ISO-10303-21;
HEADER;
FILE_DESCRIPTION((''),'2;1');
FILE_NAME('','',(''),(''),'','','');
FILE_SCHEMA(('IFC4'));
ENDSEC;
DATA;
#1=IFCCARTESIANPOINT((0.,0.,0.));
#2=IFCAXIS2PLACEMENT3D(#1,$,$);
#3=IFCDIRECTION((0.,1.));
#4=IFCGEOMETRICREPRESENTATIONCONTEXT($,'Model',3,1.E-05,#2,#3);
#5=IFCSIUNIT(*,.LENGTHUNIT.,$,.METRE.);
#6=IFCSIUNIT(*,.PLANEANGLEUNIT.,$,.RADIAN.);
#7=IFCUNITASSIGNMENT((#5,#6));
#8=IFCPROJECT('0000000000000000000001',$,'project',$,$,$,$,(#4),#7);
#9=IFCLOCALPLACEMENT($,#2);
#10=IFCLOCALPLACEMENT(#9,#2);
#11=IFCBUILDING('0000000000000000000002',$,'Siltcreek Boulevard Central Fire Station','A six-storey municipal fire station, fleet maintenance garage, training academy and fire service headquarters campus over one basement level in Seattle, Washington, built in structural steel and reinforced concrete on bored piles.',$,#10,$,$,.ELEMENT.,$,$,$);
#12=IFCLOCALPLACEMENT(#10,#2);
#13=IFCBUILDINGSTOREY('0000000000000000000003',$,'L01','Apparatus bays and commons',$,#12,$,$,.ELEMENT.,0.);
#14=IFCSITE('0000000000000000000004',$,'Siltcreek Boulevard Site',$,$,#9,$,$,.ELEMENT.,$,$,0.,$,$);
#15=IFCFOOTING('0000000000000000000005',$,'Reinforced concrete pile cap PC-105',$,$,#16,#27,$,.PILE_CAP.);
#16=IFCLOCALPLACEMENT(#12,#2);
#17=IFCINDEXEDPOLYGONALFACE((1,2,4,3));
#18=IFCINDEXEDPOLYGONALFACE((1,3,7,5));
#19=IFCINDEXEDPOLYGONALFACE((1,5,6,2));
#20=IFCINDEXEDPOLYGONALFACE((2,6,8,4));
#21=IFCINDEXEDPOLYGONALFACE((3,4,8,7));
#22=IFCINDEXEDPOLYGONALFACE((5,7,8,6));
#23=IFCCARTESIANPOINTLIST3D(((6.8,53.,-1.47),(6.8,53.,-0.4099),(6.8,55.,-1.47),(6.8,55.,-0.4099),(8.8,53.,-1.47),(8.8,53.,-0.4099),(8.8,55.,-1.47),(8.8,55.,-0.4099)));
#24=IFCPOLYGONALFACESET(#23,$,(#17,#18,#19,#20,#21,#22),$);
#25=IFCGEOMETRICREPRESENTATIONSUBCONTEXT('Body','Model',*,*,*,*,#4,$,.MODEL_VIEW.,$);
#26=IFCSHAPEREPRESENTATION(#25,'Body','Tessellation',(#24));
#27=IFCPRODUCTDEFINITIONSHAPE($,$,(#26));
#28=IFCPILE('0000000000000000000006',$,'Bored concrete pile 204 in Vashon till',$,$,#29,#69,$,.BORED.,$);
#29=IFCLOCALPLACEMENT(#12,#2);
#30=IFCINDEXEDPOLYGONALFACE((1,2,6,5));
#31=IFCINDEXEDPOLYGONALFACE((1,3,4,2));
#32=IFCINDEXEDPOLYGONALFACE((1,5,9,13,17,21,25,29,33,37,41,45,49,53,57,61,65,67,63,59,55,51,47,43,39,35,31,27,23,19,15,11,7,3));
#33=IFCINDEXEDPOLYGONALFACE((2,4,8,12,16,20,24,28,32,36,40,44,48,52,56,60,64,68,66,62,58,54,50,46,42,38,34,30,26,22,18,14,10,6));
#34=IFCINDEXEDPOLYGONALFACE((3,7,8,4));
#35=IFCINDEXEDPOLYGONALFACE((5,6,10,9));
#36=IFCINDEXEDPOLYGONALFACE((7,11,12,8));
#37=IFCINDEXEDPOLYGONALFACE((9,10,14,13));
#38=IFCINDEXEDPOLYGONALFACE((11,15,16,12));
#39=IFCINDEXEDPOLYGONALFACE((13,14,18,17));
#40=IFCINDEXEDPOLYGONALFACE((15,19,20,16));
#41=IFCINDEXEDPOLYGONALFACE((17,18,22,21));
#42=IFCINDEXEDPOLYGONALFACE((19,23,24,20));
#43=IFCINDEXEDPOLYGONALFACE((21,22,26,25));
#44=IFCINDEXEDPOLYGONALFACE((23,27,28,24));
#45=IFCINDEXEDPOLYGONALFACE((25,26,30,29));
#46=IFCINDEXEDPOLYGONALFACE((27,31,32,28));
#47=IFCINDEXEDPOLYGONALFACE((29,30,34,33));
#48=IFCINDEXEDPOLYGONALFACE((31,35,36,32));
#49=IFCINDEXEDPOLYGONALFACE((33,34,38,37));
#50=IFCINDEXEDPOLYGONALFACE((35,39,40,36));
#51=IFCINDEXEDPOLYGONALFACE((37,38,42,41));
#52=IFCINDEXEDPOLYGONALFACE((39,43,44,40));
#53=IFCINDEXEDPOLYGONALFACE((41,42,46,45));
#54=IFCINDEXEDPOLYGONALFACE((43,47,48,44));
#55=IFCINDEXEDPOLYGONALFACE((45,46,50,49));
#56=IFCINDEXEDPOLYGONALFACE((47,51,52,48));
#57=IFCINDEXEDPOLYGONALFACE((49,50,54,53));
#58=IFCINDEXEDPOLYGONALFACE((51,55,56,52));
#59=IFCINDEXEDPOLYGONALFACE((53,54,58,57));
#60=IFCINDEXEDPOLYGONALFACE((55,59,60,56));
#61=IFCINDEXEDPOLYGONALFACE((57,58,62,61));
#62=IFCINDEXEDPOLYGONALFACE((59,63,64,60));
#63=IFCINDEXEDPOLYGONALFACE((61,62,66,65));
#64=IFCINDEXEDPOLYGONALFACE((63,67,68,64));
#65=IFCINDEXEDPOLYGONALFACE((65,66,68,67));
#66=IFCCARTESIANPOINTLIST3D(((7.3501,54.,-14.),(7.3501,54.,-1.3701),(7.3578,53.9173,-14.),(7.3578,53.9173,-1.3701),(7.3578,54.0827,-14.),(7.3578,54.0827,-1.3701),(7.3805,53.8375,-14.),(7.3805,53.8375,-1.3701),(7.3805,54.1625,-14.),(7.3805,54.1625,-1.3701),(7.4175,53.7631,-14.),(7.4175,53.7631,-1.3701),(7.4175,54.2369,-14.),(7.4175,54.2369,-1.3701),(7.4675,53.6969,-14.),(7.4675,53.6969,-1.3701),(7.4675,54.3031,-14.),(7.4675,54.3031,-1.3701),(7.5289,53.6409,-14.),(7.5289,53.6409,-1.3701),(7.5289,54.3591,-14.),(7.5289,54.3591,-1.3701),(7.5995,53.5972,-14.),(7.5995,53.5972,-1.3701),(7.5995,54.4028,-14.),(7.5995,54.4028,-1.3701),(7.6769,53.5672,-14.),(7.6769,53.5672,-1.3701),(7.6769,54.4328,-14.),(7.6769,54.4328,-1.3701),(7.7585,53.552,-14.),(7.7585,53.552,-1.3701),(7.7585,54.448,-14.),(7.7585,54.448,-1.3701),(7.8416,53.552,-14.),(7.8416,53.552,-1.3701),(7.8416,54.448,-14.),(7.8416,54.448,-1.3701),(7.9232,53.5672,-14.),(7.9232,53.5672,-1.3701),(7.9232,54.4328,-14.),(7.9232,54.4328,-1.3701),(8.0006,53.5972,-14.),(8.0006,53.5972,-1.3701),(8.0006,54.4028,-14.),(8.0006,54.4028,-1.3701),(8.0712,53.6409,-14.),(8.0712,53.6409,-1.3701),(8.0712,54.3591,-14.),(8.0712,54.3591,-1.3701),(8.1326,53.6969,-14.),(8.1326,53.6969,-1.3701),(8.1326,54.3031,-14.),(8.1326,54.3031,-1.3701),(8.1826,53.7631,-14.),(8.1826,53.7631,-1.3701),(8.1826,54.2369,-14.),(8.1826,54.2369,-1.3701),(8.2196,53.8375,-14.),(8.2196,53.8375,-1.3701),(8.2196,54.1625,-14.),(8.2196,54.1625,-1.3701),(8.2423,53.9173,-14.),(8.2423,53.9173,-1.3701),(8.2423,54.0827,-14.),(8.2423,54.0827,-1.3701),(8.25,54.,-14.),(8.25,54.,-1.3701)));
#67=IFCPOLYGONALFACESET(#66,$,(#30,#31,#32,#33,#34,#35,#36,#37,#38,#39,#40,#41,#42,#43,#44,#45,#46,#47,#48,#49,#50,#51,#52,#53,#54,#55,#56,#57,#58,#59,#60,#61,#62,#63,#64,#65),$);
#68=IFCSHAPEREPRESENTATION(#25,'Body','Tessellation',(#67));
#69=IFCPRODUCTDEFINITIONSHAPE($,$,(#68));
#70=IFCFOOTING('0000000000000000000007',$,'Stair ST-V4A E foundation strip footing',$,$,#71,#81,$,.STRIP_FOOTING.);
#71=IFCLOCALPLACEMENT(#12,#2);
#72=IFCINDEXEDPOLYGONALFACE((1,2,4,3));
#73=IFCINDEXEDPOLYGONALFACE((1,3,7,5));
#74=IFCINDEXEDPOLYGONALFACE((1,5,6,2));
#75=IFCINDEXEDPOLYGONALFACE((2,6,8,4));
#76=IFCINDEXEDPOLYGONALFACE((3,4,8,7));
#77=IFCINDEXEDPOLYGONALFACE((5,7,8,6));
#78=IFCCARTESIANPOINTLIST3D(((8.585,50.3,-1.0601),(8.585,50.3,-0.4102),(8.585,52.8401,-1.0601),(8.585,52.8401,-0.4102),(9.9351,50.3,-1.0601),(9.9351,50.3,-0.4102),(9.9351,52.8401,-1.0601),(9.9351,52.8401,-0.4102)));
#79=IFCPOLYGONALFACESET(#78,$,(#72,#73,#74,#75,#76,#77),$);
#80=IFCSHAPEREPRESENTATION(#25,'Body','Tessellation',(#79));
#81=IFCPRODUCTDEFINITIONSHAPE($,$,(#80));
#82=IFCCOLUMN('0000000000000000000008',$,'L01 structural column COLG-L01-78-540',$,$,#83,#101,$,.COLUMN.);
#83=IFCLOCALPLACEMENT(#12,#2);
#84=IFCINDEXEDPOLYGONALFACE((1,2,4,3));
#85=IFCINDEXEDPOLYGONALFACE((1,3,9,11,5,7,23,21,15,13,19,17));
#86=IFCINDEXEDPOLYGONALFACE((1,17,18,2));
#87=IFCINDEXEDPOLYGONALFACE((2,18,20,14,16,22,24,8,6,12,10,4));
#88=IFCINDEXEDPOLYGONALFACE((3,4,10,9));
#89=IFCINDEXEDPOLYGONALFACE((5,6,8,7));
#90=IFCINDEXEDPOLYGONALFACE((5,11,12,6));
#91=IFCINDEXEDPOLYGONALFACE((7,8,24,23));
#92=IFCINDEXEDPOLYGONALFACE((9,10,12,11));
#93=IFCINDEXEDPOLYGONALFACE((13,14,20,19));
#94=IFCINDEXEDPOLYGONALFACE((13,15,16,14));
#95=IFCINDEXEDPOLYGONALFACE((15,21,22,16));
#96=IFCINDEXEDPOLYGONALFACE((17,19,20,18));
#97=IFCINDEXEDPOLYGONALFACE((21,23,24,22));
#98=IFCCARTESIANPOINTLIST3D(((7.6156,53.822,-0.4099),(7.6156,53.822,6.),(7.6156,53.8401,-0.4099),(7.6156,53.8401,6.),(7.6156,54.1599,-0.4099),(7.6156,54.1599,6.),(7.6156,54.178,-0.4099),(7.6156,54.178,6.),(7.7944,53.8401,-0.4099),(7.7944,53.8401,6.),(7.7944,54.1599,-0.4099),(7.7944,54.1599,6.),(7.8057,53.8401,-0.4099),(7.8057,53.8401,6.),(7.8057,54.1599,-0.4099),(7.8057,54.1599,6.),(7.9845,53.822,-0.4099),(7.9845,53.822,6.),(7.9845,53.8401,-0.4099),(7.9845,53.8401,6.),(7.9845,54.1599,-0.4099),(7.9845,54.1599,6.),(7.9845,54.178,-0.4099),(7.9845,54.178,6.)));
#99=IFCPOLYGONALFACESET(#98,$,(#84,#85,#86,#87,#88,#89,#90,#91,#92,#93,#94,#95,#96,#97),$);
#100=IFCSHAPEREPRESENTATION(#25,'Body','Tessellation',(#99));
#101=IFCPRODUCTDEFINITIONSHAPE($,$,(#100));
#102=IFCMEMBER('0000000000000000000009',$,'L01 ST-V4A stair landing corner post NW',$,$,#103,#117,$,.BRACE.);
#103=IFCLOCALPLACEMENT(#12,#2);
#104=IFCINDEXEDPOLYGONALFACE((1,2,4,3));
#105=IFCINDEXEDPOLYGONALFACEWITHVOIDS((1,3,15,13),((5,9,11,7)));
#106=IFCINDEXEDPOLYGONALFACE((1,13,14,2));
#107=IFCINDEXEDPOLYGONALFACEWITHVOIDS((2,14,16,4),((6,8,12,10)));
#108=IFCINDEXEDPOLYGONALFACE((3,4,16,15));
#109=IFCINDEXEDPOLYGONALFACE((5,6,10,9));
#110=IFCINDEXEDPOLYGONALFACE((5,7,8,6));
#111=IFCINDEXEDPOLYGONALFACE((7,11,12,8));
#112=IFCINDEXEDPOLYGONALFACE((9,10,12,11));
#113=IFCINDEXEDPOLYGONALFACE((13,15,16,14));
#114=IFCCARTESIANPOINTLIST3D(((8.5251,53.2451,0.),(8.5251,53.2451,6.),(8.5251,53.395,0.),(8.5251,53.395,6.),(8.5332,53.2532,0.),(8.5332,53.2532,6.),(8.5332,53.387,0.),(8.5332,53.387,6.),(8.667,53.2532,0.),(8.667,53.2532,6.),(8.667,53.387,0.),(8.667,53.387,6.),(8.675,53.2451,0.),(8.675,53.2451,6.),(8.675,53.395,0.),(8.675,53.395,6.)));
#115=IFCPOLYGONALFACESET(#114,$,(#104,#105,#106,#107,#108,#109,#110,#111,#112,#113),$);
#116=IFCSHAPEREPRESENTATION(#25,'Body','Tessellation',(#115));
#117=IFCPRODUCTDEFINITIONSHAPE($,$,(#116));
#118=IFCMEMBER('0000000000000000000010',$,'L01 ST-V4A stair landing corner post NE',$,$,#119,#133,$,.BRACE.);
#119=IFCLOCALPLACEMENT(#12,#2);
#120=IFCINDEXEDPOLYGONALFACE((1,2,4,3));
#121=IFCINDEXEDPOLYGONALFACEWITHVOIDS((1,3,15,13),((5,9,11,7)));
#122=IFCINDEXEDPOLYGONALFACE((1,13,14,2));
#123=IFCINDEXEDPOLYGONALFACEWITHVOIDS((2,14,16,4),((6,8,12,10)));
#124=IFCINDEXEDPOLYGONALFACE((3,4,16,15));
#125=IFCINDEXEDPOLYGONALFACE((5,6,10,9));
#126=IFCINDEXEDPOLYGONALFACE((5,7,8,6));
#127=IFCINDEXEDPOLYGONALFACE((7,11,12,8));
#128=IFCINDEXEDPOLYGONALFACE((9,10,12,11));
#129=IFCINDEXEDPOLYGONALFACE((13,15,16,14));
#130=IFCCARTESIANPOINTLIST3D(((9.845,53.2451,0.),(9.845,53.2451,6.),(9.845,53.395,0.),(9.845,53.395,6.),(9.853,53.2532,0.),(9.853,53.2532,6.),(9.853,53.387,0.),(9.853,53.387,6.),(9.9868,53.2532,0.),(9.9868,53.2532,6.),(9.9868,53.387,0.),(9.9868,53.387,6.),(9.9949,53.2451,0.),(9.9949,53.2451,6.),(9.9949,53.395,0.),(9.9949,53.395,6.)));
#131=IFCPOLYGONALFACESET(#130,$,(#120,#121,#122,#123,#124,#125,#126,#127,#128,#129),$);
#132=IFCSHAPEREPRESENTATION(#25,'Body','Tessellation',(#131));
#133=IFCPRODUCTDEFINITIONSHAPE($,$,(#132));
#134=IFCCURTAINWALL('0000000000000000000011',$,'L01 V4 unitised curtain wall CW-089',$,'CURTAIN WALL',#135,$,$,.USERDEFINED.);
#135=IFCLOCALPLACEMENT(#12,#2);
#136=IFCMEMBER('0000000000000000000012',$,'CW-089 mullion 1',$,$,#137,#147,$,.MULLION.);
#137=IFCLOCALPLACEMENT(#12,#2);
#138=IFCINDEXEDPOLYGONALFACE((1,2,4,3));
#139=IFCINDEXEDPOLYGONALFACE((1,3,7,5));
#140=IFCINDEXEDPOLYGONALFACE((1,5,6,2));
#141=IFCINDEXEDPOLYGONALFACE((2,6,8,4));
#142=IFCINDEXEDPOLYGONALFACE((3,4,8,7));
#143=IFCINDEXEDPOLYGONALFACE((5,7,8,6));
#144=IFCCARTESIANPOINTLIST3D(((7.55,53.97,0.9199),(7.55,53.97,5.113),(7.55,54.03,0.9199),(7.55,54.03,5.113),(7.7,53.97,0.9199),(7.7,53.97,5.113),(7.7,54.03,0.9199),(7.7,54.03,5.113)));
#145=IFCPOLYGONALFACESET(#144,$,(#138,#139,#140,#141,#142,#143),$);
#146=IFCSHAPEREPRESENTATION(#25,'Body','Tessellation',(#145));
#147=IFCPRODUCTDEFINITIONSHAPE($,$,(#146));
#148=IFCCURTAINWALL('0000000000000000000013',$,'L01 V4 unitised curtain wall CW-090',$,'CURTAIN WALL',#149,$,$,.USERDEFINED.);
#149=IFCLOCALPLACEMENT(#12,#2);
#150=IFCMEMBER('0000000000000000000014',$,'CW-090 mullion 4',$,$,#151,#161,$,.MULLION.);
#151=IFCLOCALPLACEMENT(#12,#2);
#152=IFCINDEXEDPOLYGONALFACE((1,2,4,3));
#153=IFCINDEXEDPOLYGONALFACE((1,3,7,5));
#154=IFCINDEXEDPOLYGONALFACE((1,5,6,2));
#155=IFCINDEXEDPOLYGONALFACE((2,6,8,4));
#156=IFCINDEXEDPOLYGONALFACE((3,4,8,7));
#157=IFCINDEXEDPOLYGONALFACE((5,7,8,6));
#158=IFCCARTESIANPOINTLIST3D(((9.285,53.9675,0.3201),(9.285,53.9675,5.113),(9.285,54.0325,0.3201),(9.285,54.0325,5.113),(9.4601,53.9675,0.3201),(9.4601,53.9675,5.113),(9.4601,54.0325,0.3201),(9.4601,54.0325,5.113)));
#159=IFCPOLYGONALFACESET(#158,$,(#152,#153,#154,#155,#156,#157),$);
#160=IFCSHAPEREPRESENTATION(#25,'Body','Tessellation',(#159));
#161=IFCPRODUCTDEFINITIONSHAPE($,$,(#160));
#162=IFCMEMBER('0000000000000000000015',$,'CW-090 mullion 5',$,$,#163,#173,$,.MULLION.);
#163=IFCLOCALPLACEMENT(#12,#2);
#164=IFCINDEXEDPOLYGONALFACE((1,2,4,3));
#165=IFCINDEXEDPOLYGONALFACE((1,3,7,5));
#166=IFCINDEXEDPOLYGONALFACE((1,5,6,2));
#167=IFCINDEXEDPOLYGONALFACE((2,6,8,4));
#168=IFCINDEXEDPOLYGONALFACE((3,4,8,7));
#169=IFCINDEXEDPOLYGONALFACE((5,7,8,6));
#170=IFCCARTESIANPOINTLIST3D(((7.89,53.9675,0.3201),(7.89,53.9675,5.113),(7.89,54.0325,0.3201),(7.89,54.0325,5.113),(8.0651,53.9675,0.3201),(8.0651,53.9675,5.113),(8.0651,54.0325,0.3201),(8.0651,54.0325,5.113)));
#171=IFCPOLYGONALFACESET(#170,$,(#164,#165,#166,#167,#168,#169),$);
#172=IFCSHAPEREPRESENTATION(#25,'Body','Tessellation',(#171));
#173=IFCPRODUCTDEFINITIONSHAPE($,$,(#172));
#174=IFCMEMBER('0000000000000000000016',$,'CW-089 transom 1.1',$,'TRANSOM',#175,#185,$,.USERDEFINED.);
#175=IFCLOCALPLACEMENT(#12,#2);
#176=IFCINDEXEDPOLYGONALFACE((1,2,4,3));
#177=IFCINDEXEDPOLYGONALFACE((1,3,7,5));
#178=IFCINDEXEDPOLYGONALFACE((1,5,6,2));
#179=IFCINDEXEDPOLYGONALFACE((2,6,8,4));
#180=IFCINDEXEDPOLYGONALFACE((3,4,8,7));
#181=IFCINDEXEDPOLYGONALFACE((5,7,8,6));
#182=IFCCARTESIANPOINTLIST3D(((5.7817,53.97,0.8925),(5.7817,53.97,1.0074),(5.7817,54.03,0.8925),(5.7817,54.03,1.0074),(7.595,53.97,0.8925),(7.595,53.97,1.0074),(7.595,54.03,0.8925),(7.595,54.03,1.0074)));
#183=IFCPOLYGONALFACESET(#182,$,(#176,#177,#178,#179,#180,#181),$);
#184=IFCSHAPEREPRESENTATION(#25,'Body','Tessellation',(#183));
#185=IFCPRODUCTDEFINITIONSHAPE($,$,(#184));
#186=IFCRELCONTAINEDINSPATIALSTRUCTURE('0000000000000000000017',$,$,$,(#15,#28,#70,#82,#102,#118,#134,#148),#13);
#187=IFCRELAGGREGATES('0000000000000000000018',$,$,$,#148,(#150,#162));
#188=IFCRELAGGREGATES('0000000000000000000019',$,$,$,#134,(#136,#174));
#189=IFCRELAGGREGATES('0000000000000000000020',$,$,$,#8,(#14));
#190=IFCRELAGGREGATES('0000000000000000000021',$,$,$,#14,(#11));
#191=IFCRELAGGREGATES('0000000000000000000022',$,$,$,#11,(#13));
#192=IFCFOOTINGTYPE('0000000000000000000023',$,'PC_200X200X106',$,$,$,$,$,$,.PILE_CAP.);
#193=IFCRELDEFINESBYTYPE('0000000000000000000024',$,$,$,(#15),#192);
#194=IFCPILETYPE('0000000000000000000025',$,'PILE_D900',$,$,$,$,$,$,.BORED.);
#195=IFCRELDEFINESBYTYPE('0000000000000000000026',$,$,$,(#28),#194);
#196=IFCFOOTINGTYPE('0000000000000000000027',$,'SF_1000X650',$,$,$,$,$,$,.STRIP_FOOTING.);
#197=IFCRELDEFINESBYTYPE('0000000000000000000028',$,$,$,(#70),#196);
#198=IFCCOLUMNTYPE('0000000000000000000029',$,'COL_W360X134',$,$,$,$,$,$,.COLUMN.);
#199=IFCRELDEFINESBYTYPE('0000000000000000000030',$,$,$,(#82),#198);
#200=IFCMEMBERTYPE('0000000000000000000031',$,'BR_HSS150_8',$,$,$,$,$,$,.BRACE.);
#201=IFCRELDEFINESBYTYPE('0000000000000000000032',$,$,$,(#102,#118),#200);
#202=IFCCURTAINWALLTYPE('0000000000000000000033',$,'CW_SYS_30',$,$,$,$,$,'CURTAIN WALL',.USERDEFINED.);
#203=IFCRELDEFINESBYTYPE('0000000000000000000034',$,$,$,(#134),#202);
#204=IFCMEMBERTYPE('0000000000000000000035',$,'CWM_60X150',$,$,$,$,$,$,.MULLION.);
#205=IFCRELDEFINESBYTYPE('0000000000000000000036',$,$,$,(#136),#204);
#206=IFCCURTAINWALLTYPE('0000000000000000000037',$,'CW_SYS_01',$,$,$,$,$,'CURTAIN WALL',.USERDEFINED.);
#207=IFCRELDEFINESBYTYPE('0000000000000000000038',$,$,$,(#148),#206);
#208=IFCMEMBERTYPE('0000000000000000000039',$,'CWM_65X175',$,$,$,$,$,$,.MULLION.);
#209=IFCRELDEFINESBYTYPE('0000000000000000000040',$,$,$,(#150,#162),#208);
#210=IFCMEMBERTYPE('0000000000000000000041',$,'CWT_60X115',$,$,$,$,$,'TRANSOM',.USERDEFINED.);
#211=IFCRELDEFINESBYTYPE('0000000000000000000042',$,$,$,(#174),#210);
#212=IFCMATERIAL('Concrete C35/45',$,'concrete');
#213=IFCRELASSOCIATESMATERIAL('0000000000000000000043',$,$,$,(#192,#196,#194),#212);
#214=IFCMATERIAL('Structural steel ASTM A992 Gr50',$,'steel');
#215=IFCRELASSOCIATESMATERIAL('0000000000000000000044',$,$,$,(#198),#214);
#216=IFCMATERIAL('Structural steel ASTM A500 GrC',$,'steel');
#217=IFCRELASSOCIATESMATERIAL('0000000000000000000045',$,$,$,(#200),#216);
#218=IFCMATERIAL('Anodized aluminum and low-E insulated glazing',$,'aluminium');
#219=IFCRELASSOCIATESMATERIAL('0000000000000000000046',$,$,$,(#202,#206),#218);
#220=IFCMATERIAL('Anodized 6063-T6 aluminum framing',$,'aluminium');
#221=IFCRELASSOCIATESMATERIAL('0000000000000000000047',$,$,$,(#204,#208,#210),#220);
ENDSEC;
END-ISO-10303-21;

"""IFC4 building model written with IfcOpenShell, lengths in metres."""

from ifc_helpers import new_model, si_unit, direction, frame, origin, origin_2d, place, context, subcontext, project, spatial, rectangle, hollow_rectangle, circle, i_section, extrude, material, material_profile, profile_set, type_object, element, aggregate, save


model = new_model("IFC4")

# Units and contexts
model_context = context("Model", 3, precision=1e-05, world=origin(), true_north=direction((0.0, 1.0)))
body_context = subcontext(model_context, "Body", "Model", "MODEL_VIEW")
ifc_project = project(units=[si_unit("LENGTHUNIT", "METRE"), si_unit("PLANEANGLEUNIT", "RADIAN")], contexts=[model_context])

# Site, building, storey
site_placement = place(None, origin())
site = spatial("IfcSite", under=ifc_project, at=site_placement, Name="Siltcreek Boulevard Site", CompositionType="ELEMENT", RefElevation=0.0)
building_placement = place(site_placement, origin())
building = spatial("IfcBuilding", under=site, at=building_placement, Name="Siltcreek Boulevard Central Fire Station", Description="A six-storey municipal fire station, fleet maintenance garage, training academy and fire service headquarters campus over one basement level in Seattle, Washington, built in structural steel and reinforced concrete on bored piles.", CompositionType="ELEMENT")
storey_placement = place(building_placement, origin())
storey = spatial("IfcBuildingStorey", under=building, at=storey_placement, Name="L01", Description="Apparatus bays and commons", CompositionType="ELEMENT", Elevation=0.0)

# Footing
ifc_material_1 = material(Name="Concrete C35/45", Category="concrete")
footing_type_1 = type_object("IfcFootingType", Name="PC_200X200X106", PredefinedType="PILE_CAP", material=ifc_material_1)
footing_1_placement = place(storey_placement, frame((7.8, 54.0, -1.47), z_axis=(0.0, 0.0, 1.0), x_axis=(1.0, 0.0, 0.0)))
element("IfcFooting", 1, at=footing_1_placement, inside=storey, type_object=footing_type_1, Name="Reinforced concrete pile cap PC-105", PredefinedType="PILE_CAP", context=body_context, shape_type="SweptSolid", body=[
    extrude(rectangle(XDim=2.0, YDim=2.0, at=origin_2d()), origin(), (0.0, 0.0, 1.0), 1.0601),
])

# Pile
ifc_material_profile_1 = material_profile(ifc_material_1, circle(Radius=0.45, at=origin_2d()), Name="SHAFT900")
ifc_profile_set_1 = profile_set([ifc_material_profile_1], Name="Concrete C35/45")
pile_type = type_object("IfcPileType", Name="PILE_D900", PredefinedType="BORED", material=ifc_profile_set_1)
pile_placement = place(storey_placement, frame((7.8, 54.0, -1.3701), z_axis=(0.0, 0.0, -1.0), x_axis=(1.0, 0.0, 0.0)))
element("IfcPile", 2, at=pile_placement, inside=storey, type_object=pile_type, Name="Bored concrete pile 204 in Vashon till", PredefinedType="BORED", context=body_context, shape_type="SweptSolid", body=[
    extrude(circle(Radius=0.45, at=origin_2d()), origin(), (0.0, 0.0, 1.0), 12.6299),
])

# Footing
footing_type_2 = type_object("IfcFootingType", Name="SF_1000X650", PredefinedType="STRIP_FOOTING", material=ifc_material_1)
footing_2_placement = place(storey_placement, frame((9.26, 51.5701, -1.0601), z_axis=(0.0, 0.0, 1.0), x_axis=(1.0, 0.0, 0.0)))
element("IfcFooting", 3, at=footing_2_placement, inside=storey, type_object=footing_type_2, Name="Stair ST-V4A E foundation strip footing", PredefinedType="STRIP_FOOTING", context=body_context, shape_type="SweptSolid", body=[
    extrude(rectangle(XDim=1.3501, YDim=2.54, at=origin_2d()), origin(), (0.0, 0.0, 1.0), 0.6499),
])

# Column
ifc_material_2 = material(Name="Structural steel ASTM A992 Gr50", Category="steel")
ifc_material_profile_2 = material_profile(ifc_material_2, i_section(OverallWidth=0.3689, OverallDepth=0.356, WebThickness=0.0112, FlangeThickness=0.0181, at=origin_2d()), Name="W360X134")
ifc_profile_set_2 = profile_set([ifc_material_profile_2], Name="Structural steel ASTM A992 Gr50")
column_type = type_object("IfcColumnType", Name="COL_W360X134", PredefinedType="COLUMN", material=ifc_profile_set_2)
column_placement = place(storey_placement, frame((7.8, 54.0, -0.4099), z_axis=(0.0, 0.0, 1.0), x_axis=(1.0, 0.0, 0.0)))
element("IfcColumn", 4, at=column_placement, inside=storey, type_object=column_type, Name="L01 structural column COLG-L01-78-540", PredefinedType="COLUMN", context=body_context, shape_type="SweptSolid", body=[
    extrude(i_section(OverallWidth=0.3689, OverallDepth=0.356, WebThickness=0.0112, FlangeThickness=0.0181, at=origin_2d()), origin(), (0.0, 0.0, 1.0), 6.4099),
])

# Members
ifc_material_3 = material(Name="Structural steel ASTM A500 GrC", Category="steel")
ifc_material_profile_3 = material_profile(ifc_material_3, hollow_rectangle(XDim=0.1499, YDim=0.1499, WallThickness=0.0081, at=origin_2d()), Name="HSS150X150X8.0")
ifc_profile_set_3 = profile_set([ifc_material_profile_3], Name="Structural steel ASTM A500 GrC")
member_type_1 = type_object("IfcMemberType", Name="BR_HSS150_8", PredefinedType="BRACE", material=ifc_profile_set_3)
for number, where, z_axis, x_axis, name in (
    (5, (8.6001, 53.3201, 0.0), (0.0, 0.0, 1.0), (1.0, 0.0, 0.0), "L01 ST-V4A stair landing corner post NW"),
    (6, (9.9199, 53.3201, 0.0), (0.0, 0.0, 1.0), (1.0, 0.0, 0.0), "L01 ST-V4A stair landing corner post NE"),
):
    element("IfcMember", number, at=place(storey_placement, frame(where, z_axis=z_axis, x_axis=x_axis)), inside=storey, type_object=member_type_1, Name=name, PredefinedType="BRACE", context=body_context, shape_type="SweptSolid", body=[
        extrude(hollow_rectangle(XDim=0.1499, YDim=0.1499, WallThickness=0.0081, at=origin_2d()), origin(), (0.0, 0.0, 1.0), 6.0),
    ])

# Curtain wall, member
ifc_material_4 = material(Name="Anodized aluminum and low-E insulated glazing", Category="aluminium")
curtain_wall_type_1 = type_object("IfcCurtainWallType", Name="CW_SYS_30", ElementType="CURTAIN WALL", PredefinedType="USERDEFINED", material=ifc_material_4)
curtain_wall_1_placement = place(storey_placement, origin())
curtain_wall_1 = element("IfcCurtainWall", 7, at=curtain_wall_1_placement, inside=storey, type_object=curtain_wall_type_1, Name="L01 V4 unitised curtain wall CW-089", ObjectType="CURTAIN WALL", PredefinedType="USERDEFINED")
ifc_material_5 = material(Name="Anodized 6063-T6 aluminum framing", Category="aluminium")
ifc_material_profile_4 = material_profile(ifc_material_5, rectangle(XDim=0.0601, YDim=0.1499, at=origin_2d()), Name="MULL60X150")
ifc_profile_set_4 = profile_set([ifc_material_profile_4], Name="Anodized 6063-T6 aluminum framing")
member_type_2 = type_object("IfcMemberType", Name="CWM_60X150", PredefinedType="MULLION", material=ifc_profile_set_4)
member_1_placement = place(storey_placement, frame((7.625, 54.0, 0.9199), z_axis=(0.0, 0.0, 1.0), x_axis=(0.0, -1.0, 0.0)))
member_1 = element("IfcMember", 8, at=member_1_placement, type_object=member_type_2, Name="CW-089 mullion 1", PredefinedType="MULLION", context=body_context, shape_type="SweptSolid", body=[
    extrude(rectangle(XDim=0.0601, YDim=0.1499, at=origin_2d()), origin(), (0.0, 0.0, 1.0), 4.1931),
])

# Curtain wall, members
curtain_wall_type_2 = type_object("IfcCurtainWallType", Name="CW_SYS_01", ElementType="CURTAIN WALL", PredefinedType="USERDEFINED", material=ifc_material_4)
curtain_wall_2_placement = place(storey_placement, origin())
curtain_wall_2 = element("IfcCurtainWall", 9, at=curtain_wall_2_placement, inside=storey, type_object=curtain_wall_type_2, Name="L01 V4 unitised curtain wall CW-090", ObjectType="CURTAIN WALL", PredefinedType="USERDEFINED")
ifc_material_profile_5 = material_profile(ifc_material_5, rectangle(XDim=0.0649, YDim=0.175, at=origin_2d()), Name="MULL65X175")
ifc_profile_set_5 = profile_set([ifc_material_profile_5], Name="Anodized 6063-T6 aluminum framing")
member_type_3 = type_object("IfcMemberType", Name="CWM_65X175", PredefinedType="MULLION", material=ifc_profile_set_5)
member_2_placement = place(storey_placement, frame((9.3726, 54.0, 0.3201), z_axis=(0.0, 0.0, 1.0), x_axis=(0.0, -1.0, 0.0)))
member_2 = element("IfcMember", 10, at=member_2_placement, type_object=member_type_3, Name="CW-090 mullion 4", PredefinedType="MULLION", context=body_context, shape_type="SweptSolid", body=[
    extrude(rectangle(XDim=0.0649, YDim=0.175, at=origin_2d()), origin(), (0.0, 0.0, 1.0), 4.793),
])
member_3_placement = place(storey_placement, frame((7.9775, 54.0, 0.3201), z_axis=(0.0, 0.0, 1.0), x_axis=(0.0, -1.0, 0.0)))
member_3 = element("IfcMember", 11, at=member_3_placement, type_object=member_type_3, Name="CW-090 mullion 5", PredefinedType="MULLION", context=body_context, shape_type="SweptSolid", body=[
    extrude(rectangle(XDim=0.0649, YDim=0.175, at=origin_2d()), origin(), (0.0, 0.0, 1.0), 4.793),
])

# Member
ifc_material_profile_6 = material_profile(ifc_material_5, rectangle(XDim=0.0601, YDim=0.115, at=origin_2d()), Name="TRAN60X115")
ifc_profile_set_6 = profile_set([ifc_material_profile_6], Name="Anodized 6063-T6 aluminum framing")
member_type_4 = type_object("IfcMemberType", Name="CWT_60X115", ElementType="TRANSOM", PredefinedType="USERDEFINED", material=ifc_profile_set_6)
member_4_placement = place(storey_placement, frame((7.595, 54.0, 0.95), z_axis=(-1.0, 0.0, 0.0), x_axis=(0.0, -1.0, 0.0)))
member_4 = element("IfcMember", 12, at=member_4_placement, type_object=member_type_4, Name="CW-089 transom 1.1", ObjectType="TRANSOM", PredefinedType="USERDEFINED", context=body_context, shape_type="SweptSolid", body=[
    extrude(rectangle(XDim=0.0601, YDim=0.115, at=origin_2d()), origin(), (0.0, 0.0, 1.0), 1.8132),
])

aggregate(curtain_wall_2, [member_2, member_3])
aggregate(curtain_wall_1, [member_1, member_4])

save(model, "model.ifc")
